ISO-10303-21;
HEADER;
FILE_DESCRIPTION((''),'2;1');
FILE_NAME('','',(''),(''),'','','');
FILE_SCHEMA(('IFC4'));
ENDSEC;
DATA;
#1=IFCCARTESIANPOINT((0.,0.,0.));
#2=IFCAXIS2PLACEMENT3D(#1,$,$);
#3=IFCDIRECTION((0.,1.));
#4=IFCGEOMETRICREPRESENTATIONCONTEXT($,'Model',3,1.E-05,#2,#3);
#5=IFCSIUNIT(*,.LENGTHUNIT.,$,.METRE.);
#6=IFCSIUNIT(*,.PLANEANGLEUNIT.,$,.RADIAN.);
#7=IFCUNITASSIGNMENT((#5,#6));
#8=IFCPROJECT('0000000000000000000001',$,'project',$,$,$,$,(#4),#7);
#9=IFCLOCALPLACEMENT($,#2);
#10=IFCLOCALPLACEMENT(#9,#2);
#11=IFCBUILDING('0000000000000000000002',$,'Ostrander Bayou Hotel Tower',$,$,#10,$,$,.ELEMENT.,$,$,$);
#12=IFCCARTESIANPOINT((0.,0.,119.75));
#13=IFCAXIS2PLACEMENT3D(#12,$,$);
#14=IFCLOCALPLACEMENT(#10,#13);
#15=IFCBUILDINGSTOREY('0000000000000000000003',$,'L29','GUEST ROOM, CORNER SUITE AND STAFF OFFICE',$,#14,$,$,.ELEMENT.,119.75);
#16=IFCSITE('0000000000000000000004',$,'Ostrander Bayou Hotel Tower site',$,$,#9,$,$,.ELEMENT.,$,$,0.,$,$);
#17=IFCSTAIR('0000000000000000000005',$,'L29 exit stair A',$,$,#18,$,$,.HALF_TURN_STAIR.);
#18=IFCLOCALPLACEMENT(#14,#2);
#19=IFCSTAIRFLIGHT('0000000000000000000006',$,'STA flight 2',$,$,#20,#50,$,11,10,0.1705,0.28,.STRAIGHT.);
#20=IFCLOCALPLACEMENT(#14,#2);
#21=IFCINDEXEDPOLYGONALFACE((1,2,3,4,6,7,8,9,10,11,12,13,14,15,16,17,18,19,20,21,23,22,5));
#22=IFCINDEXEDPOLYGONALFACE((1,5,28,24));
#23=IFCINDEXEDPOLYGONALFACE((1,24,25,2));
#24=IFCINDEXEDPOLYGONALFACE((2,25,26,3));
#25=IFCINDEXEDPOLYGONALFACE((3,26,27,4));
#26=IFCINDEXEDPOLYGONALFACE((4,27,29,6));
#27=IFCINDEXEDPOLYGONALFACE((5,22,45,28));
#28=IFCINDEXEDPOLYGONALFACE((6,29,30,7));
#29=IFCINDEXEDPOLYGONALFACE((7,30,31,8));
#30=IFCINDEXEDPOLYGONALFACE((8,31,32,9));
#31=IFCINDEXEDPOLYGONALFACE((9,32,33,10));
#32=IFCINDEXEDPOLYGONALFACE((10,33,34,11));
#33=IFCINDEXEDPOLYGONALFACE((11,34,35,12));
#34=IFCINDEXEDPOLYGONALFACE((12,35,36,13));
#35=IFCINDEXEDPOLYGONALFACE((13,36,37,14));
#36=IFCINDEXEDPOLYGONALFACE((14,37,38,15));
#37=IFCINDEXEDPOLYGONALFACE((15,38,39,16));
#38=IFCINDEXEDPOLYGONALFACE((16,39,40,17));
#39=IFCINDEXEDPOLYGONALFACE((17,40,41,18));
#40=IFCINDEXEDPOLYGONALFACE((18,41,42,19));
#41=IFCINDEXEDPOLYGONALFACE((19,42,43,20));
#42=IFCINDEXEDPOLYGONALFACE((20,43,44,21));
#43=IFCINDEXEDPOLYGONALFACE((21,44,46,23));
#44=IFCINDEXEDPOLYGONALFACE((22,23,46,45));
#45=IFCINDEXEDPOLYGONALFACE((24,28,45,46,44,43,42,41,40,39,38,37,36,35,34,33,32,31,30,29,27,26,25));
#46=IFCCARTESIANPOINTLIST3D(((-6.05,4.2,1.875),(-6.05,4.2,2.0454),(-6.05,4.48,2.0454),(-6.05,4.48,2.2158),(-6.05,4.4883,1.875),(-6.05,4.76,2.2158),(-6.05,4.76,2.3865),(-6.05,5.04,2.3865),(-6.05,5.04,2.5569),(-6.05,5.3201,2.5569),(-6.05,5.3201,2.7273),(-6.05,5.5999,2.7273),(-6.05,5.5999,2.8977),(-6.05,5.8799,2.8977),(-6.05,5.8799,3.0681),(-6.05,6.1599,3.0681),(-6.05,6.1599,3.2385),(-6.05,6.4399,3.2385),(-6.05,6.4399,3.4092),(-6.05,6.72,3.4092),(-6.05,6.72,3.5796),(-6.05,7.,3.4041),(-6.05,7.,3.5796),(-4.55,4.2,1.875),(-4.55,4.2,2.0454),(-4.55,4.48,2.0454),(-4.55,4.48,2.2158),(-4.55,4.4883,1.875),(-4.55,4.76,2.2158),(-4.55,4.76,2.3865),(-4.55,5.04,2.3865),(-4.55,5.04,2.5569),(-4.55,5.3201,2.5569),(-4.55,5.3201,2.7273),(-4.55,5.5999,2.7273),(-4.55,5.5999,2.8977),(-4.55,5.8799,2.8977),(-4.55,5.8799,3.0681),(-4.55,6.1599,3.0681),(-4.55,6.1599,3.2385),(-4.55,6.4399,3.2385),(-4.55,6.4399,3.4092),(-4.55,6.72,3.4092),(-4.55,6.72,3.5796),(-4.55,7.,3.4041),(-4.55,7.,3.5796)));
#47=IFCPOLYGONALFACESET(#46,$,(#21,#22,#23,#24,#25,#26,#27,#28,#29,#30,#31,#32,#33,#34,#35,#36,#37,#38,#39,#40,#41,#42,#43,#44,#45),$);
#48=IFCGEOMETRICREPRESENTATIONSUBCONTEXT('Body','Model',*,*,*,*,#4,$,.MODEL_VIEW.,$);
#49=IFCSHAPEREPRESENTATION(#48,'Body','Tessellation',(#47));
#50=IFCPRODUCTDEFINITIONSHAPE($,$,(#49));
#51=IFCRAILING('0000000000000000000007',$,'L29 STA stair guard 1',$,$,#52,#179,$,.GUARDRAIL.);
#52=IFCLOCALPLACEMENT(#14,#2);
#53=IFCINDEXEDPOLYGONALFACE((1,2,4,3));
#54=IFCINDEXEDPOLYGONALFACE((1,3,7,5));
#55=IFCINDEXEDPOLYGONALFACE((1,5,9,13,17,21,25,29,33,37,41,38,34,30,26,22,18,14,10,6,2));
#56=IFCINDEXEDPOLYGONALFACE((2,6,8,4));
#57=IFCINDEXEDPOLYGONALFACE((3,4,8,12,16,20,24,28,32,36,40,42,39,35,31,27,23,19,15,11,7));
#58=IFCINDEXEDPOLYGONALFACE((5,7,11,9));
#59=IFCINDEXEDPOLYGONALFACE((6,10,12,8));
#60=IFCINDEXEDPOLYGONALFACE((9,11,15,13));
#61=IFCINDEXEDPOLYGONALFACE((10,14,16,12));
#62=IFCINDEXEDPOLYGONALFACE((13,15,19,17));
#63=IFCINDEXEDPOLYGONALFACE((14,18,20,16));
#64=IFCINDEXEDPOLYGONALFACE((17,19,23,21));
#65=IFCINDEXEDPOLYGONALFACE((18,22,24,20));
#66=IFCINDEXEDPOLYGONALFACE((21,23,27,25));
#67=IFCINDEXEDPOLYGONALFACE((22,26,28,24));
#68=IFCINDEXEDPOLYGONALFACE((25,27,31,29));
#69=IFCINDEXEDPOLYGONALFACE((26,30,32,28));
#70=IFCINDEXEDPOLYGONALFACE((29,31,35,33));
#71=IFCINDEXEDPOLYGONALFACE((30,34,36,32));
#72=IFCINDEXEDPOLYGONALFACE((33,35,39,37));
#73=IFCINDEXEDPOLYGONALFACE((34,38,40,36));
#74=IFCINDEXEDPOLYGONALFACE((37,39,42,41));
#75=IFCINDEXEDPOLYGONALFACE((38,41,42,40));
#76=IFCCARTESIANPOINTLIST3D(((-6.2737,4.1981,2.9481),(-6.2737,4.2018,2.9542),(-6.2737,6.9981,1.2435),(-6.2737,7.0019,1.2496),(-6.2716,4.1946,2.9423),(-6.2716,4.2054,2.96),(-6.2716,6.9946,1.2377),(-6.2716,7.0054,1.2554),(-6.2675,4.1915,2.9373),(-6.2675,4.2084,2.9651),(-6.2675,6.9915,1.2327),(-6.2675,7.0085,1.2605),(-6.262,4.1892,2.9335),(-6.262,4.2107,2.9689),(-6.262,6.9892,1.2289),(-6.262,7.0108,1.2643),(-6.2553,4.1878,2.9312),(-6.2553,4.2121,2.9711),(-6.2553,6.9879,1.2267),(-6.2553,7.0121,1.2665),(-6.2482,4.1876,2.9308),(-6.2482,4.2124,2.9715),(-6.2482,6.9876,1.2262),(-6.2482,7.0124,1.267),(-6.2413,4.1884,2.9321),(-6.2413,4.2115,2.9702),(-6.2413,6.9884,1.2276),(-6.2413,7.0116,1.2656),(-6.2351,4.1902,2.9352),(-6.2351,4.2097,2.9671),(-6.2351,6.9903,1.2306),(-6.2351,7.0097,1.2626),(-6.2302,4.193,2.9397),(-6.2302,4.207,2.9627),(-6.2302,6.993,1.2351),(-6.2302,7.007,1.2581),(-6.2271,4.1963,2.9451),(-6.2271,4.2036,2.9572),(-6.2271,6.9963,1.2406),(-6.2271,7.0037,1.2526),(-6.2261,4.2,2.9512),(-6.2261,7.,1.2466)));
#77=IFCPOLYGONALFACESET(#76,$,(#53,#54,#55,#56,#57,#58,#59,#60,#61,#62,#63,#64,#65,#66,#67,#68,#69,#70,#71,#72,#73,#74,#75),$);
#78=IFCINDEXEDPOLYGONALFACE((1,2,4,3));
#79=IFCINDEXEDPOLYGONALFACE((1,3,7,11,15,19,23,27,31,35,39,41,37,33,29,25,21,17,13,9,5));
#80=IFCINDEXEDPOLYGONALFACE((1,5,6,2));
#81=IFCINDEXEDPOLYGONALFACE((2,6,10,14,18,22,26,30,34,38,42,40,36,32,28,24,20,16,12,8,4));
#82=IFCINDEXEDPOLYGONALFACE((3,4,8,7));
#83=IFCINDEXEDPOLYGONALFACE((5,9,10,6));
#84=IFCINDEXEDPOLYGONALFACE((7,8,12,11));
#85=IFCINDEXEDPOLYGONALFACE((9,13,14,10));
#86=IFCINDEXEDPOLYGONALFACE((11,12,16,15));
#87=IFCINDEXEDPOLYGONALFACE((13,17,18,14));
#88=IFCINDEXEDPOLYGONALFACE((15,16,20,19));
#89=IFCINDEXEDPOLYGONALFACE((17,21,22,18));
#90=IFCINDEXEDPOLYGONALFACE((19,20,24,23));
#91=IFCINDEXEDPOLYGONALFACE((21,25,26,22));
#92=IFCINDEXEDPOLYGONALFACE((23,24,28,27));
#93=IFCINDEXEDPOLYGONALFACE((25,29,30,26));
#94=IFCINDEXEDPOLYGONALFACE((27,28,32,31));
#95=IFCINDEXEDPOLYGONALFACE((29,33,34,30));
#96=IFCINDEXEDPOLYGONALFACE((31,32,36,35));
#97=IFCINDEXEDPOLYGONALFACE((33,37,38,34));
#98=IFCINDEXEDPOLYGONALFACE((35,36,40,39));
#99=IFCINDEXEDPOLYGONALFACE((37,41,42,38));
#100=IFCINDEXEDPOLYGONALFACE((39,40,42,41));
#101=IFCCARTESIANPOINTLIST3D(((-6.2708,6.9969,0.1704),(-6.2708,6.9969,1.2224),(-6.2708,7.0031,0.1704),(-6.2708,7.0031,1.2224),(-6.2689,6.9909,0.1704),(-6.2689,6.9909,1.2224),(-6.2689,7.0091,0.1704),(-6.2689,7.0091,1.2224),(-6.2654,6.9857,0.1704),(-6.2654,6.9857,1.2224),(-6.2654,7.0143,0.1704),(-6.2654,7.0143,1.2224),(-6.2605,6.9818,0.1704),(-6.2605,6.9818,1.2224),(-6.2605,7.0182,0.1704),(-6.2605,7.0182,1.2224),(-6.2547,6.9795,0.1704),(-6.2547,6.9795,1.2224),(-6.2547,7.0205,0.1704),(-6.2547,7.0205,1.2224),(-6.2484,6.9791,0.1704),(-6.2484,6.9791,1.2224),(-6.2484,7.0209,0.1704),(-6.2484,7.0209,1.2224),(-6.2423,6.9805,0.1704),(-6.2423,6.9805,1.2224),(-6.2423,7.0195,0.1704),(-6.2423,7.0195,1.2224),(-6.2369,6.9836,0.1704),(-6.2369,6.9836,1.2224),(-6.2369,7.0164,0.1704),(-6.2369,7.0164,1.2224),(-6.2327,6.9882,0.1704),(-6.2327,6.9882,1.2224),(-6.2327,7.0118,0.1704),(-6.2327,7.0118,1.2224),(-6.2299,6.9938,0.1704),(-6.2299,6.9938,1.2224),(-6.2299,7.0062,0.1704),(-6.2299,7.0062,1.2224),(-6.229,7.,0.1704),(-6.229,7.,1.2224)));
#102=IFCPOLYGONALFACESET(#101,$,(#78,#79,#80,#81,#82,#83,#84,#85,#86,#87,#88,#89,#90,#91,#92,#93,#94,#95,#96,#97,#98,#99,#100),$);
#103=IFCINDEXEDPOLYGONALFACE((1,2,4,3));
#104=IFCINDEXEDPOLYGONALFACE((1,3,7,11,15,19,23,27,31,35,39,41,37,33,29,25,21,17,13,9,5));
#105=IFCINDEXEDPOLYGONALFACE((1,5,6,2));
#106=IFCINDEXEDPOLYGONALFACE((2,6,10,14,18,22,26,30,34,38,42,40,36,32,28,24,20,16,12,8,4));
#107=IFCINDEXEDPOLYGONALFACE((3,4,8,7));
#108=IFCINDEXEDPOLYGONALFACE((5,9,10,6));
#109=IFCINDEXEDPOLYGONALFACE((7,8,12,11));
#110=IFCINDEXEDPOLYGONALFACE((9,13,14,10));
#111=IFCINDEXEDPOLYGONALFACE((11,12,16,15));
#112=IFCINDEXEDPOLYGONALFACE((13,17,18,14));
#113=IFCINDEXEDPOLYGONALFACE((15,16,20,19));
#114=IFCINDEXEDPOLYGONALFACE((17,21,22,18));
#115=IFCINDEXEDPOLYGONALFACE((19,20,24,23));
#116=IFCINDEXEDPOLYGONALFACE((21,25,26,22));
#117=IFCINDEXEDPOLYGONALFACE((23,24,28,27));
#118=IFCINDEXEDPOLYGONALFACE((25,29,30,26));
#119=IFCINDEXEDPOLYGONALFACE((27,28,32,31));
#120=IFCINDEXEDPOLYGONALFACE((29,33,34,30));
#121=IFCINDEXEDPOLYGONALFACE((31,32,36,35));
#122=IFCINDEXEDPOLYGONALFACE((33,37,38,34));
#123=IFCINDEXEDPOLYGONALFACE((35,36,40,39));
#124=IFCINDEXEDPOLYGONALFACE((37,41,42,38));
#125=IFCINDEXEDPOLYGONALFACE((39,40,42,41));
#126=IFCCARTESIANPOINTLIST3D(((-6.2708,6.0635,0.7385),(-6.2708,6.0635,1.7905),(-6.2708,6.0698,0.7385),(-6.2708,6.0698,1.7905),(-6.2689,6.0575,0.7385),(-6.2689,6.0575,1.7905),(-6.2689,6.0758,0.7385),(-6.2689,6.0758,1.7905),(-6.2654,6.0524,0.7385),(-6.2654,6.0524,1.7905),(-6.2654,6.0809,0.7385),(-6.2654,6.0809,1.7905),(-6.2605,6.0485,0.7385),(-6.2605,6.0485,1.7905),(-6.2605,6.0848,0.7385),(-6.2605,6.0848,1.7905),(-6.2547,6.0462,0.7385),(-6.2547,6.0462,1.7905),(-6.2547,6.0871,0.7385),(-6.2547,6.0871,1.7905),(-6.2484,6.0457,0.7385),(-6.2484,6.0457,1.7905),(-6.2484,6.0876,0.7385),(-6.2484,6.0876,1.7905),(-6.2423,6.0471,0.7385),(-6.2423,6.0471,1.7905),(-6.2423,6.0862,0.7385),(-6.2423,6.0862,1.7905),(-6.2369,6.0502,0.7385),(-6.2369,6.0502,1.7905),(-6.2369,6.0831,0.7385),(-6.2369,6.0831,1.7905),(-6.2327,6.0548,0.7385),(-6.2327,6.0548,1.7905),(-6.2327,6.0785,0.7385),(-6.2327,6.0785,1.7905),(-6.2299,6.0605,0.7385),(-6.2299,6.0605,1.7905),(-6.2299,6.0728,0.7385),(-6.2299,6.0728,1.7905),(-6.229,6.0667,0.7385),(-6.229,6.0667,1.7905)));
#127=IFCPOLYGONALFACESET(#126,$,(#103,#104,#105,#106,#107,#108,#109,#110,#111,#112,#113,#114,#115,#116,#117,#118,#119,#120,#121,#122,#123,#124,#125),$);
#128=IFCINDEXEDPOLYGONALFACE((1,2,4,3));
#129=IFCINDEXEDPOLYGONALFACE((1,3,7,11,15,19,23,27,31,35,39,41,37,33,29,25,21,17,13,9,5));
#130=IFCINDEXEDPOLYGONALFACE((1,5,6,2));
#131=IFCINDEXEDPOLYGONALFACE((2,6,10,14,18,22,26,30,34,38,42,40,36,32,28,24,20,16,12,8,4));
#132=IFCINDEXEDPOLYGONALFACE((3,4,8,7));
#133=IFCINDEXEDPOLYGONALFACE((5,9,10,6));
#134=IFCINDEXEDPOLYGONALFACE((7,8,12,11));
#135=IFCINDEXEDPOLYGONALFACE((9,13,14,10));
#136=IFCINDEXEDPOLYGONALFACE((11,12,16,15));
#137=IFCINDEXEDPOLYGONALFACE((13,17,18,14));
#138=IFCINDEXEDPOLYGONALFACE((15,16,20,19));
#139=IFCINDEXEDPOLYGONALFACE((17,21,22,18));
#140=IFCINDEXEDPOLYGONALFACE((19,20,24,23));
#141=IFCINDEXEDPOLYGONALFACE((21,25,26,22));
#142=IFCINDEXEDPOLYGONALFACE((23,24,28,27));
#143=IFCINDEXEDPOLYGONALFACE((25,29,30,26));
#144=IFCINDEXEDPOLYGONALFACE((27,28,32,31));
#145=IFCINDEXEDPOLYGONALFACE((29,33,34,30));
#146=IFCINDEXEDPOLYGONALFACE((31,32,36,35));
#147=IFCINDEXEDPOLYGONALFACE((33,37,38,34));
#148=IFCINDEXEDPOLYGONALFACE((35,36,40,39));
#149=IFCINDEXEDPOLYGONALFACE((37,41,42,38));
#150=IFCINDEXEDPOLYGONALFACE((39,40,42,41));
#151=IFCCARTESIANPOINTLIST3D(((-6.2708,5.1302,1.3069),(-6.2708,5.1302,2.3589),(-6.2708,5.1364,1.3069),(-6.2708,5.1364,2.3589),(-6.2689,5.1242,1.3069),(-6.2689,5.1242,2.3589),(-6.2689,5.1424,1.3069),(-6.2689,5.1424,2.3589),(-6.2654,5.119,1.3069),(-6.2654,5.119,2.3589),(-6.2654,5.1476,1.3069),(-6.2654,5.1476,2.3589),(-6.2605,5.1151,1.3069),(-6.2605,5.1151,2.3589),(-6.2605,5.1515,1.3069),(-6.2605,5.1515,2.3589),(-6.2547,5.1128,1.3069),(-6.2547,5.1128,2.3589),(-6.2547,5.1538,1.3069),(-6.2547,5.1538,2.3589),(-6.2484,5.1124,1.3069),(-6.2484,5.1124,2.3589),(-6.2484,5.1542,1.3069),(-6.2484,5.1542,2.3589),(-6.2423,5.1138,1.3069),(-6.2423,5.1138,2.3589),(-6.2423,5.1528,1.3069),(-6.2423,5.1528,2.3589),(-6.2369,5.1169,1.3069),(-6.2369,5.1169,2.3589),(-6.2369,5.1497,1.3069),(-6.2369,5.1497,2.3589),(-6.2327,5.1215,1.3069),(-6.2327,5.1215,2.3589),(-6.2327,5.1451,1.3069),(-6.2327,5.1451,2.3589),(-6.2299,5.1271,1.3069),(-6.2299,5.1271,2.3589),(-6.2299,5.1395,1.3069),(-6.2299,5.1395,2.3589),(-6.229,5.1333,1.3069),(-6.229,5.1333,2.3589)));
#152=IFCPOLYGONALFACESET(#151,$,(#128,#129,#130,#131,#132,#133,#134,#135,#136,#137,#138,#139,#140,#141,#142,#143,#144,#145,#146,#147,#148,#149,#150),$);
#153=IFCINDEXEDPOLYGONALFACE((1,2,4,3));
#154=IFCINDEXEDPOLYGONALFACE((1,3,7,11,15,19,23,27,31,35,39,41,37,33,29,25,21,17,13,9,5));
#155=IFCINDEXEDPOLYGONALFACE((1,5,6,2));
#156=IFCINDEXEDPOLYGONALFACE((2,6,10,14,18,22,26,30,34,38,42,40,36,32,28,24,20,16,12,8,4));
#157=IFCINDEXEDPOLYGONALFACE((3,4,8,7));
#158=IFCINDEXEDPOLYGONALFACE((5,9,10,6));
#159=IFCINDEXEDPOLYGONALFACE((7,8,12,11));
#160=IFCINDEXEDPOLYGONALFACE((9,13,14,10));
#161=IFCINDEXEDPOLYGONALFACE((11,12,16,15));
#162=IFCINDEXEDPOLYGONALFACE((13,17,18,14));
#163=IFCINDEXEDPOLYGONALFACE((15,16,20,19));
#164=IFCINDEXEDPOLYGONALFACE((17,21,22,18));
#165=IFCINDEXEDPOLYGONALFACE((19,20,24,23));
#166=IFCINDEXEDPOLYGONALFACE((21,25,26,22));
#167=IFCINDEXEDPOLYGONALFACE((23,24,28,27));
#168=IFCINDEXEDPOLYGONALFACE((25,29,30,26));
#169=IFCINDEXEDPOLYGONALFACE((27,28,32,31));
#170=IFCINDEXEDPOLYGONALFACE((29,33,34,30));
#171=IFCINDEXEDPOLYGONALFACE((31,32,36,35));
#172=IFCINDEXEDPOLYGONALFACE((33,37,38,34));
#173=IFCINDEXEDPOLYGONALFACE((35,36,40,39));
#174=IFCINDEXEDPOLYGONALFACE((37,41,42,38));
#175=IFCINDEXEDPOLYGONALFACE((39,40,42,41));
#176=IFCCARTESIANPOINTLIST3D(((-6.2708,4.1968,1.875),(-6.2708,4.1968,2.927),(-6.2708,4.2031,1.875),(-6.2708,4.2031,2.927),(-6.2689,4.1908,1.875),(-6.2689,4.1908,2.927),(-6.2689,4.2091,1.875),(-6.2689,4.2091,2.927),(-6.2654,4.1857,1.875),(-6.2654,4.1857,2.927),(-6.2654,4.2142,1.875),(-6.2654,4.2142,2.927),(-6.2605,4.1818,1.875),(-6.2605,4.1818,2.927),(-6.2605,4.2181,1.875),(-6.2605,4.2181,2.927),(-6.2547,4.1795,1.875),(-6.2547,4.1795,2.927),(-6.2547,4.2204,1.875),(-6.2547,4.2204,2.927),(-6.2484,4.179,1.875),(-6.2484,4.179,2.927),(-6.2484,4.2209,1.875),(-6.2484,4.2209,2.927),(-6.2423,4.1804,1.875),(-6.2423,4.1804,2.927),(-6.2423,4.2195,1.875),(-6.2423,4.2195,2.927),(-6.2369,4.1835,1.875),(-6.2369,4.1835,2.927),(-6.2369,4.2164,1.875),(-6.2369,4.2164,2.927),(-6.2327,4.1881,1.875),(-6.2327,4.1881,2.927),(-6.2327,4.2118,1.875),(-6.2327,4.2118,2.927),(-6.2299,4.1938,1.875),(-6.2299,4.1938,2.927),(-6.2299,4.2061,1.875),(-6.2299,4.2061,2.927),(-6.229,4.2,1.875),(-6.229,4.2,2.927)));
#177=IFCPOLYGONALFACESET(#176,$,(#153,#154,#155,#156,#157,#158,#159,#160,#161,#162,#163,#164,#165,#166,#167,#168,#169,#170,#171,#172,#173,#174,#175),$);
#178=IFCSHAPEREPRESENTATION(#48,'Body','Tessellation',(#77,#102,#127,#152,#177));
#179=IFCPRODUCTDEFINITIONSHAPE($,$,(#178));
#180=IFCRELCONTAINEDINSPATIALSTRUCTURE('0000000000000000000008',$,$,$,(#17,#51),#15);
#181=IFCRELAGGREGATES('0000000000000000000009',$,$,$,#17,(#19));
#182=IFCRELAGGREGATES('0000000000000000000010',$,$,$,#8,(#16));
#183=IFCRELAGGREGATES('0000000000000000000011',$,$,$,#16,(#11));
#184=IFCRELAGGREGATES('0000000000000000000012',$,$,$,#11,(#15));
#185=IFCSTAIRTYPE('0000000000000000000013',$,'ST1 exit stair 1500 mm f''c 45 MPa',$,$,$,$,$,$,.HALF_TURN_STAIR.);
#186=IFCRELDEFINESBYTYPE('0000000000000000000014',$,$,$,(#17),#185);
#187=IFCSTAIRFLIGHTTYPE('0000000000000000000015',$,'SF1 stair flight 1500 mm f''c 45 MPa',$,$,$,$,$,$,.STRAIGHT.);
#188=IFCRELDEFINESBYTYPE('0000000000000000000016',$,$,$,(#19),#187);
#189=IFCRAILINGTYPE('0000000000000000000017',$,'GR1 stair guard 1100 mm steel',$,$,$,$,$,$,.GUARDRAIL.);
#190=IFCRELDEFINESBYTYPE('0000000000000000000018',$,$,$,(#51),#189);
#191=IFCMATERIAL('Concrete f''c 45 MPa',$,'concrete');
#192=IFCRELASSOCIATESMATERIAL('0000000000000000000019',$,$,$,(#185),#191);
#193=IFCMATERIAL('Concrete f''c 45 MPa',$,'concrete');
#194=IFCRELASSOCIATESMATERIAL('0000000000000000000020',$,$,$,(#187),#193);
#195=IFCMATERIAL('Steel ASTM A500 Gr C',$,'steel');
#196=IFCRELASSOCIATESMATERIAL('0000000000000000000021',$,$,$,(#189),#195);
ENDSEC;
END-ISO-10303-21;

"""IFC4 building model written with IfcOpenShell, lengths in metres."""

from ifc_helpers import new_model, si_unit, direction, frame, origin, origin_2d, place, context, subcontext, project, spatial, polyline, circle, outline, extrude, material, type_object, element, aggregate, save


model = new_model("IFC4")

# Units and contexts
model_context = context("Model", 3, precision=1e-05, world=origin(), true_north=direction((0.0, 1.0)))
body_context = subcontext(model_context, "Body", "Model", "MODEL_VIEW")
ifc_project = project(units=[si_unit("LENGTHUNIT", "METRE"), si_unit("PLANEANGLEUNIT", "RADIAN")], contexts=[model_context])

# Site, building, storey
site_placement = place(None, origin())
site = spatial("IfcSite", under=ifc_project, at=site_placement, Name="Ostrander Bayou Hotel Tower site", CompositionType="ELEMENT", RefElevation=0.0)
building_placement = place(site_placement, origin())
building = spatial("IfcBuilding", under=site, at=building_placement, Name="Ostrander Bayou Hotel Tower", CompositionType="ELEMENT")
storey_placement = place(building_placement, frame((0.0, 0.0, 119.75)))
storey = spatial("IfcBuildingStorey", under=building, at=storey_placement, Name="L29", Description="GUEST ROOM, CORNER SUITE AND STAFF OFFICE", CompositionType="ELEMENT", Elevation=119.75)

# Stair, stair flight
ifc_material_1 = material(Name="Concrete f'c 45 MPa", Category="concrete")
stair_type = type_object("IfcStairType", Name="ST1 exit stair 1500 mm f'c 45 MPa", PredefinedType="HALF_TURN_STAIR", material=ifc_material_1)
stair_placement = place(storey_placement, origin())
stair = element("IfcStair", 1, at=stair_placement, inside=storey, type_object=stair_type, Name="L29 exit stair A", PredefinedType="HALF_TURN_STAIR")
ifc_material_2 = material(Name="Concrete f'c 45 MPa", Category="concrete")
stair_flight_type = type_object("IfcStairFlightType", Name="SF1 stair flight 1500 mm f'c 45 MPa", PredefinedType="STRAIGHT", material=ifc_material_2)
stair_flight_1_placement = place(storey_placement, frame((-5.3, 4.2, 1.875), z_axis=(0.0, 0.0, 1.0), x_axis=(0.0, 1.0, 0.0)))
stair_flight_1 = element("IfcStairFlight", 2, at=stair_flight_1_placement, type_object=stair_flight_type, Name="STA flight 2", NumberOfRisers=11, NumberOfTreads=10, PredefinedType="STRAIGHT", RiserHeight=0.1705, TreadLength=0.28, context=body_context, shape_type="SweptSolid", body=[
    extrude(outline(polyline([(0.0, 0.0), (0.0, 0.1704), (0.28, 0.1704), (0.28, 0.3408), (0.5601, 0.3408), (0.5601, 0.5115), (0.8401, 0.5115), (0.8401, 0.6819), (1.1201, 0.6819), (1.1201, 0.8523), (1.3999, 0.8523), (1.3999, 1.0227), (1.6799, 1.0227), (1.6799, 1.1931), (1.96, 1.1931), (1.96, 1.3635), (2.24, 1.3635), (2.24, 1.5342), (2.52, 1.5342), (2.52, 1.7046), (2.8, 1.7046), (2.8, 1.875), (2.8, 1.5291), (0.2883, 0.0), (0.0, 0.0)])), frame((0.0, 0.75, 0.0), z_axis=(0.0, -1.0, 0.0), x_axis=(1.0, 0.0, 0.0)), (0.0, 0.0, 1.0), 1.5),
])
aggregate(stair, [stair_flight_1])

# Railing
ifc_material_3 = material(Name="Steel ASTM A500 Gr C", Category="steel")
railing_type_1 = type_object("IfcRailingType", Name="GR1 stair guard 1100 mm steel", PredefinedType="GUARDRAIL", material=ifc_material_3)
railing_1_placement = place(storey_placement, frame((-6.25, 7.0, 0.1704)))
element("IfcRailing", 3, at=railing_1_placement, inside=storey, type_object=railing_type_1, Name="L29 STA stair guard 1", PredefinedType="GUARDRAIL", context=body_context, shape_type="SweptSolid", body=[
    extrude(circle(Radius=0.0239, at=origin_2d()), frame((0.0, 0.0, 1.0762), z_axis=(0.0, -0.85417, 0.519994), x_axis=(1.0, 0.0, 0.0)), (0.0, 0.0, 1.0), 3.2781),
    extrude(circle(Radius=0.021, at=origin_2d()), origin(), (0.0, 0.0, 1.0), 1.052),
    extrude(circle(Radius=0.021, at=origin_2d()), frame((0.0, -0.9333, 0.5681)), (0.0, 0.0, 1.0), 1.052),
    extrude(circle(Radius=0.021, at=origin_2d()), frame((0.0, -1.8667, 1.1365)), (0.0, 0.0, 1.0), 1.052),
    extrude(circle(Radius=0.021, at=origin_2d()), frame((0.0, -2.8, 1.7046)), (0.0, 0.0, 1.0), 1.052),
])

save(model, "model.ifc")
